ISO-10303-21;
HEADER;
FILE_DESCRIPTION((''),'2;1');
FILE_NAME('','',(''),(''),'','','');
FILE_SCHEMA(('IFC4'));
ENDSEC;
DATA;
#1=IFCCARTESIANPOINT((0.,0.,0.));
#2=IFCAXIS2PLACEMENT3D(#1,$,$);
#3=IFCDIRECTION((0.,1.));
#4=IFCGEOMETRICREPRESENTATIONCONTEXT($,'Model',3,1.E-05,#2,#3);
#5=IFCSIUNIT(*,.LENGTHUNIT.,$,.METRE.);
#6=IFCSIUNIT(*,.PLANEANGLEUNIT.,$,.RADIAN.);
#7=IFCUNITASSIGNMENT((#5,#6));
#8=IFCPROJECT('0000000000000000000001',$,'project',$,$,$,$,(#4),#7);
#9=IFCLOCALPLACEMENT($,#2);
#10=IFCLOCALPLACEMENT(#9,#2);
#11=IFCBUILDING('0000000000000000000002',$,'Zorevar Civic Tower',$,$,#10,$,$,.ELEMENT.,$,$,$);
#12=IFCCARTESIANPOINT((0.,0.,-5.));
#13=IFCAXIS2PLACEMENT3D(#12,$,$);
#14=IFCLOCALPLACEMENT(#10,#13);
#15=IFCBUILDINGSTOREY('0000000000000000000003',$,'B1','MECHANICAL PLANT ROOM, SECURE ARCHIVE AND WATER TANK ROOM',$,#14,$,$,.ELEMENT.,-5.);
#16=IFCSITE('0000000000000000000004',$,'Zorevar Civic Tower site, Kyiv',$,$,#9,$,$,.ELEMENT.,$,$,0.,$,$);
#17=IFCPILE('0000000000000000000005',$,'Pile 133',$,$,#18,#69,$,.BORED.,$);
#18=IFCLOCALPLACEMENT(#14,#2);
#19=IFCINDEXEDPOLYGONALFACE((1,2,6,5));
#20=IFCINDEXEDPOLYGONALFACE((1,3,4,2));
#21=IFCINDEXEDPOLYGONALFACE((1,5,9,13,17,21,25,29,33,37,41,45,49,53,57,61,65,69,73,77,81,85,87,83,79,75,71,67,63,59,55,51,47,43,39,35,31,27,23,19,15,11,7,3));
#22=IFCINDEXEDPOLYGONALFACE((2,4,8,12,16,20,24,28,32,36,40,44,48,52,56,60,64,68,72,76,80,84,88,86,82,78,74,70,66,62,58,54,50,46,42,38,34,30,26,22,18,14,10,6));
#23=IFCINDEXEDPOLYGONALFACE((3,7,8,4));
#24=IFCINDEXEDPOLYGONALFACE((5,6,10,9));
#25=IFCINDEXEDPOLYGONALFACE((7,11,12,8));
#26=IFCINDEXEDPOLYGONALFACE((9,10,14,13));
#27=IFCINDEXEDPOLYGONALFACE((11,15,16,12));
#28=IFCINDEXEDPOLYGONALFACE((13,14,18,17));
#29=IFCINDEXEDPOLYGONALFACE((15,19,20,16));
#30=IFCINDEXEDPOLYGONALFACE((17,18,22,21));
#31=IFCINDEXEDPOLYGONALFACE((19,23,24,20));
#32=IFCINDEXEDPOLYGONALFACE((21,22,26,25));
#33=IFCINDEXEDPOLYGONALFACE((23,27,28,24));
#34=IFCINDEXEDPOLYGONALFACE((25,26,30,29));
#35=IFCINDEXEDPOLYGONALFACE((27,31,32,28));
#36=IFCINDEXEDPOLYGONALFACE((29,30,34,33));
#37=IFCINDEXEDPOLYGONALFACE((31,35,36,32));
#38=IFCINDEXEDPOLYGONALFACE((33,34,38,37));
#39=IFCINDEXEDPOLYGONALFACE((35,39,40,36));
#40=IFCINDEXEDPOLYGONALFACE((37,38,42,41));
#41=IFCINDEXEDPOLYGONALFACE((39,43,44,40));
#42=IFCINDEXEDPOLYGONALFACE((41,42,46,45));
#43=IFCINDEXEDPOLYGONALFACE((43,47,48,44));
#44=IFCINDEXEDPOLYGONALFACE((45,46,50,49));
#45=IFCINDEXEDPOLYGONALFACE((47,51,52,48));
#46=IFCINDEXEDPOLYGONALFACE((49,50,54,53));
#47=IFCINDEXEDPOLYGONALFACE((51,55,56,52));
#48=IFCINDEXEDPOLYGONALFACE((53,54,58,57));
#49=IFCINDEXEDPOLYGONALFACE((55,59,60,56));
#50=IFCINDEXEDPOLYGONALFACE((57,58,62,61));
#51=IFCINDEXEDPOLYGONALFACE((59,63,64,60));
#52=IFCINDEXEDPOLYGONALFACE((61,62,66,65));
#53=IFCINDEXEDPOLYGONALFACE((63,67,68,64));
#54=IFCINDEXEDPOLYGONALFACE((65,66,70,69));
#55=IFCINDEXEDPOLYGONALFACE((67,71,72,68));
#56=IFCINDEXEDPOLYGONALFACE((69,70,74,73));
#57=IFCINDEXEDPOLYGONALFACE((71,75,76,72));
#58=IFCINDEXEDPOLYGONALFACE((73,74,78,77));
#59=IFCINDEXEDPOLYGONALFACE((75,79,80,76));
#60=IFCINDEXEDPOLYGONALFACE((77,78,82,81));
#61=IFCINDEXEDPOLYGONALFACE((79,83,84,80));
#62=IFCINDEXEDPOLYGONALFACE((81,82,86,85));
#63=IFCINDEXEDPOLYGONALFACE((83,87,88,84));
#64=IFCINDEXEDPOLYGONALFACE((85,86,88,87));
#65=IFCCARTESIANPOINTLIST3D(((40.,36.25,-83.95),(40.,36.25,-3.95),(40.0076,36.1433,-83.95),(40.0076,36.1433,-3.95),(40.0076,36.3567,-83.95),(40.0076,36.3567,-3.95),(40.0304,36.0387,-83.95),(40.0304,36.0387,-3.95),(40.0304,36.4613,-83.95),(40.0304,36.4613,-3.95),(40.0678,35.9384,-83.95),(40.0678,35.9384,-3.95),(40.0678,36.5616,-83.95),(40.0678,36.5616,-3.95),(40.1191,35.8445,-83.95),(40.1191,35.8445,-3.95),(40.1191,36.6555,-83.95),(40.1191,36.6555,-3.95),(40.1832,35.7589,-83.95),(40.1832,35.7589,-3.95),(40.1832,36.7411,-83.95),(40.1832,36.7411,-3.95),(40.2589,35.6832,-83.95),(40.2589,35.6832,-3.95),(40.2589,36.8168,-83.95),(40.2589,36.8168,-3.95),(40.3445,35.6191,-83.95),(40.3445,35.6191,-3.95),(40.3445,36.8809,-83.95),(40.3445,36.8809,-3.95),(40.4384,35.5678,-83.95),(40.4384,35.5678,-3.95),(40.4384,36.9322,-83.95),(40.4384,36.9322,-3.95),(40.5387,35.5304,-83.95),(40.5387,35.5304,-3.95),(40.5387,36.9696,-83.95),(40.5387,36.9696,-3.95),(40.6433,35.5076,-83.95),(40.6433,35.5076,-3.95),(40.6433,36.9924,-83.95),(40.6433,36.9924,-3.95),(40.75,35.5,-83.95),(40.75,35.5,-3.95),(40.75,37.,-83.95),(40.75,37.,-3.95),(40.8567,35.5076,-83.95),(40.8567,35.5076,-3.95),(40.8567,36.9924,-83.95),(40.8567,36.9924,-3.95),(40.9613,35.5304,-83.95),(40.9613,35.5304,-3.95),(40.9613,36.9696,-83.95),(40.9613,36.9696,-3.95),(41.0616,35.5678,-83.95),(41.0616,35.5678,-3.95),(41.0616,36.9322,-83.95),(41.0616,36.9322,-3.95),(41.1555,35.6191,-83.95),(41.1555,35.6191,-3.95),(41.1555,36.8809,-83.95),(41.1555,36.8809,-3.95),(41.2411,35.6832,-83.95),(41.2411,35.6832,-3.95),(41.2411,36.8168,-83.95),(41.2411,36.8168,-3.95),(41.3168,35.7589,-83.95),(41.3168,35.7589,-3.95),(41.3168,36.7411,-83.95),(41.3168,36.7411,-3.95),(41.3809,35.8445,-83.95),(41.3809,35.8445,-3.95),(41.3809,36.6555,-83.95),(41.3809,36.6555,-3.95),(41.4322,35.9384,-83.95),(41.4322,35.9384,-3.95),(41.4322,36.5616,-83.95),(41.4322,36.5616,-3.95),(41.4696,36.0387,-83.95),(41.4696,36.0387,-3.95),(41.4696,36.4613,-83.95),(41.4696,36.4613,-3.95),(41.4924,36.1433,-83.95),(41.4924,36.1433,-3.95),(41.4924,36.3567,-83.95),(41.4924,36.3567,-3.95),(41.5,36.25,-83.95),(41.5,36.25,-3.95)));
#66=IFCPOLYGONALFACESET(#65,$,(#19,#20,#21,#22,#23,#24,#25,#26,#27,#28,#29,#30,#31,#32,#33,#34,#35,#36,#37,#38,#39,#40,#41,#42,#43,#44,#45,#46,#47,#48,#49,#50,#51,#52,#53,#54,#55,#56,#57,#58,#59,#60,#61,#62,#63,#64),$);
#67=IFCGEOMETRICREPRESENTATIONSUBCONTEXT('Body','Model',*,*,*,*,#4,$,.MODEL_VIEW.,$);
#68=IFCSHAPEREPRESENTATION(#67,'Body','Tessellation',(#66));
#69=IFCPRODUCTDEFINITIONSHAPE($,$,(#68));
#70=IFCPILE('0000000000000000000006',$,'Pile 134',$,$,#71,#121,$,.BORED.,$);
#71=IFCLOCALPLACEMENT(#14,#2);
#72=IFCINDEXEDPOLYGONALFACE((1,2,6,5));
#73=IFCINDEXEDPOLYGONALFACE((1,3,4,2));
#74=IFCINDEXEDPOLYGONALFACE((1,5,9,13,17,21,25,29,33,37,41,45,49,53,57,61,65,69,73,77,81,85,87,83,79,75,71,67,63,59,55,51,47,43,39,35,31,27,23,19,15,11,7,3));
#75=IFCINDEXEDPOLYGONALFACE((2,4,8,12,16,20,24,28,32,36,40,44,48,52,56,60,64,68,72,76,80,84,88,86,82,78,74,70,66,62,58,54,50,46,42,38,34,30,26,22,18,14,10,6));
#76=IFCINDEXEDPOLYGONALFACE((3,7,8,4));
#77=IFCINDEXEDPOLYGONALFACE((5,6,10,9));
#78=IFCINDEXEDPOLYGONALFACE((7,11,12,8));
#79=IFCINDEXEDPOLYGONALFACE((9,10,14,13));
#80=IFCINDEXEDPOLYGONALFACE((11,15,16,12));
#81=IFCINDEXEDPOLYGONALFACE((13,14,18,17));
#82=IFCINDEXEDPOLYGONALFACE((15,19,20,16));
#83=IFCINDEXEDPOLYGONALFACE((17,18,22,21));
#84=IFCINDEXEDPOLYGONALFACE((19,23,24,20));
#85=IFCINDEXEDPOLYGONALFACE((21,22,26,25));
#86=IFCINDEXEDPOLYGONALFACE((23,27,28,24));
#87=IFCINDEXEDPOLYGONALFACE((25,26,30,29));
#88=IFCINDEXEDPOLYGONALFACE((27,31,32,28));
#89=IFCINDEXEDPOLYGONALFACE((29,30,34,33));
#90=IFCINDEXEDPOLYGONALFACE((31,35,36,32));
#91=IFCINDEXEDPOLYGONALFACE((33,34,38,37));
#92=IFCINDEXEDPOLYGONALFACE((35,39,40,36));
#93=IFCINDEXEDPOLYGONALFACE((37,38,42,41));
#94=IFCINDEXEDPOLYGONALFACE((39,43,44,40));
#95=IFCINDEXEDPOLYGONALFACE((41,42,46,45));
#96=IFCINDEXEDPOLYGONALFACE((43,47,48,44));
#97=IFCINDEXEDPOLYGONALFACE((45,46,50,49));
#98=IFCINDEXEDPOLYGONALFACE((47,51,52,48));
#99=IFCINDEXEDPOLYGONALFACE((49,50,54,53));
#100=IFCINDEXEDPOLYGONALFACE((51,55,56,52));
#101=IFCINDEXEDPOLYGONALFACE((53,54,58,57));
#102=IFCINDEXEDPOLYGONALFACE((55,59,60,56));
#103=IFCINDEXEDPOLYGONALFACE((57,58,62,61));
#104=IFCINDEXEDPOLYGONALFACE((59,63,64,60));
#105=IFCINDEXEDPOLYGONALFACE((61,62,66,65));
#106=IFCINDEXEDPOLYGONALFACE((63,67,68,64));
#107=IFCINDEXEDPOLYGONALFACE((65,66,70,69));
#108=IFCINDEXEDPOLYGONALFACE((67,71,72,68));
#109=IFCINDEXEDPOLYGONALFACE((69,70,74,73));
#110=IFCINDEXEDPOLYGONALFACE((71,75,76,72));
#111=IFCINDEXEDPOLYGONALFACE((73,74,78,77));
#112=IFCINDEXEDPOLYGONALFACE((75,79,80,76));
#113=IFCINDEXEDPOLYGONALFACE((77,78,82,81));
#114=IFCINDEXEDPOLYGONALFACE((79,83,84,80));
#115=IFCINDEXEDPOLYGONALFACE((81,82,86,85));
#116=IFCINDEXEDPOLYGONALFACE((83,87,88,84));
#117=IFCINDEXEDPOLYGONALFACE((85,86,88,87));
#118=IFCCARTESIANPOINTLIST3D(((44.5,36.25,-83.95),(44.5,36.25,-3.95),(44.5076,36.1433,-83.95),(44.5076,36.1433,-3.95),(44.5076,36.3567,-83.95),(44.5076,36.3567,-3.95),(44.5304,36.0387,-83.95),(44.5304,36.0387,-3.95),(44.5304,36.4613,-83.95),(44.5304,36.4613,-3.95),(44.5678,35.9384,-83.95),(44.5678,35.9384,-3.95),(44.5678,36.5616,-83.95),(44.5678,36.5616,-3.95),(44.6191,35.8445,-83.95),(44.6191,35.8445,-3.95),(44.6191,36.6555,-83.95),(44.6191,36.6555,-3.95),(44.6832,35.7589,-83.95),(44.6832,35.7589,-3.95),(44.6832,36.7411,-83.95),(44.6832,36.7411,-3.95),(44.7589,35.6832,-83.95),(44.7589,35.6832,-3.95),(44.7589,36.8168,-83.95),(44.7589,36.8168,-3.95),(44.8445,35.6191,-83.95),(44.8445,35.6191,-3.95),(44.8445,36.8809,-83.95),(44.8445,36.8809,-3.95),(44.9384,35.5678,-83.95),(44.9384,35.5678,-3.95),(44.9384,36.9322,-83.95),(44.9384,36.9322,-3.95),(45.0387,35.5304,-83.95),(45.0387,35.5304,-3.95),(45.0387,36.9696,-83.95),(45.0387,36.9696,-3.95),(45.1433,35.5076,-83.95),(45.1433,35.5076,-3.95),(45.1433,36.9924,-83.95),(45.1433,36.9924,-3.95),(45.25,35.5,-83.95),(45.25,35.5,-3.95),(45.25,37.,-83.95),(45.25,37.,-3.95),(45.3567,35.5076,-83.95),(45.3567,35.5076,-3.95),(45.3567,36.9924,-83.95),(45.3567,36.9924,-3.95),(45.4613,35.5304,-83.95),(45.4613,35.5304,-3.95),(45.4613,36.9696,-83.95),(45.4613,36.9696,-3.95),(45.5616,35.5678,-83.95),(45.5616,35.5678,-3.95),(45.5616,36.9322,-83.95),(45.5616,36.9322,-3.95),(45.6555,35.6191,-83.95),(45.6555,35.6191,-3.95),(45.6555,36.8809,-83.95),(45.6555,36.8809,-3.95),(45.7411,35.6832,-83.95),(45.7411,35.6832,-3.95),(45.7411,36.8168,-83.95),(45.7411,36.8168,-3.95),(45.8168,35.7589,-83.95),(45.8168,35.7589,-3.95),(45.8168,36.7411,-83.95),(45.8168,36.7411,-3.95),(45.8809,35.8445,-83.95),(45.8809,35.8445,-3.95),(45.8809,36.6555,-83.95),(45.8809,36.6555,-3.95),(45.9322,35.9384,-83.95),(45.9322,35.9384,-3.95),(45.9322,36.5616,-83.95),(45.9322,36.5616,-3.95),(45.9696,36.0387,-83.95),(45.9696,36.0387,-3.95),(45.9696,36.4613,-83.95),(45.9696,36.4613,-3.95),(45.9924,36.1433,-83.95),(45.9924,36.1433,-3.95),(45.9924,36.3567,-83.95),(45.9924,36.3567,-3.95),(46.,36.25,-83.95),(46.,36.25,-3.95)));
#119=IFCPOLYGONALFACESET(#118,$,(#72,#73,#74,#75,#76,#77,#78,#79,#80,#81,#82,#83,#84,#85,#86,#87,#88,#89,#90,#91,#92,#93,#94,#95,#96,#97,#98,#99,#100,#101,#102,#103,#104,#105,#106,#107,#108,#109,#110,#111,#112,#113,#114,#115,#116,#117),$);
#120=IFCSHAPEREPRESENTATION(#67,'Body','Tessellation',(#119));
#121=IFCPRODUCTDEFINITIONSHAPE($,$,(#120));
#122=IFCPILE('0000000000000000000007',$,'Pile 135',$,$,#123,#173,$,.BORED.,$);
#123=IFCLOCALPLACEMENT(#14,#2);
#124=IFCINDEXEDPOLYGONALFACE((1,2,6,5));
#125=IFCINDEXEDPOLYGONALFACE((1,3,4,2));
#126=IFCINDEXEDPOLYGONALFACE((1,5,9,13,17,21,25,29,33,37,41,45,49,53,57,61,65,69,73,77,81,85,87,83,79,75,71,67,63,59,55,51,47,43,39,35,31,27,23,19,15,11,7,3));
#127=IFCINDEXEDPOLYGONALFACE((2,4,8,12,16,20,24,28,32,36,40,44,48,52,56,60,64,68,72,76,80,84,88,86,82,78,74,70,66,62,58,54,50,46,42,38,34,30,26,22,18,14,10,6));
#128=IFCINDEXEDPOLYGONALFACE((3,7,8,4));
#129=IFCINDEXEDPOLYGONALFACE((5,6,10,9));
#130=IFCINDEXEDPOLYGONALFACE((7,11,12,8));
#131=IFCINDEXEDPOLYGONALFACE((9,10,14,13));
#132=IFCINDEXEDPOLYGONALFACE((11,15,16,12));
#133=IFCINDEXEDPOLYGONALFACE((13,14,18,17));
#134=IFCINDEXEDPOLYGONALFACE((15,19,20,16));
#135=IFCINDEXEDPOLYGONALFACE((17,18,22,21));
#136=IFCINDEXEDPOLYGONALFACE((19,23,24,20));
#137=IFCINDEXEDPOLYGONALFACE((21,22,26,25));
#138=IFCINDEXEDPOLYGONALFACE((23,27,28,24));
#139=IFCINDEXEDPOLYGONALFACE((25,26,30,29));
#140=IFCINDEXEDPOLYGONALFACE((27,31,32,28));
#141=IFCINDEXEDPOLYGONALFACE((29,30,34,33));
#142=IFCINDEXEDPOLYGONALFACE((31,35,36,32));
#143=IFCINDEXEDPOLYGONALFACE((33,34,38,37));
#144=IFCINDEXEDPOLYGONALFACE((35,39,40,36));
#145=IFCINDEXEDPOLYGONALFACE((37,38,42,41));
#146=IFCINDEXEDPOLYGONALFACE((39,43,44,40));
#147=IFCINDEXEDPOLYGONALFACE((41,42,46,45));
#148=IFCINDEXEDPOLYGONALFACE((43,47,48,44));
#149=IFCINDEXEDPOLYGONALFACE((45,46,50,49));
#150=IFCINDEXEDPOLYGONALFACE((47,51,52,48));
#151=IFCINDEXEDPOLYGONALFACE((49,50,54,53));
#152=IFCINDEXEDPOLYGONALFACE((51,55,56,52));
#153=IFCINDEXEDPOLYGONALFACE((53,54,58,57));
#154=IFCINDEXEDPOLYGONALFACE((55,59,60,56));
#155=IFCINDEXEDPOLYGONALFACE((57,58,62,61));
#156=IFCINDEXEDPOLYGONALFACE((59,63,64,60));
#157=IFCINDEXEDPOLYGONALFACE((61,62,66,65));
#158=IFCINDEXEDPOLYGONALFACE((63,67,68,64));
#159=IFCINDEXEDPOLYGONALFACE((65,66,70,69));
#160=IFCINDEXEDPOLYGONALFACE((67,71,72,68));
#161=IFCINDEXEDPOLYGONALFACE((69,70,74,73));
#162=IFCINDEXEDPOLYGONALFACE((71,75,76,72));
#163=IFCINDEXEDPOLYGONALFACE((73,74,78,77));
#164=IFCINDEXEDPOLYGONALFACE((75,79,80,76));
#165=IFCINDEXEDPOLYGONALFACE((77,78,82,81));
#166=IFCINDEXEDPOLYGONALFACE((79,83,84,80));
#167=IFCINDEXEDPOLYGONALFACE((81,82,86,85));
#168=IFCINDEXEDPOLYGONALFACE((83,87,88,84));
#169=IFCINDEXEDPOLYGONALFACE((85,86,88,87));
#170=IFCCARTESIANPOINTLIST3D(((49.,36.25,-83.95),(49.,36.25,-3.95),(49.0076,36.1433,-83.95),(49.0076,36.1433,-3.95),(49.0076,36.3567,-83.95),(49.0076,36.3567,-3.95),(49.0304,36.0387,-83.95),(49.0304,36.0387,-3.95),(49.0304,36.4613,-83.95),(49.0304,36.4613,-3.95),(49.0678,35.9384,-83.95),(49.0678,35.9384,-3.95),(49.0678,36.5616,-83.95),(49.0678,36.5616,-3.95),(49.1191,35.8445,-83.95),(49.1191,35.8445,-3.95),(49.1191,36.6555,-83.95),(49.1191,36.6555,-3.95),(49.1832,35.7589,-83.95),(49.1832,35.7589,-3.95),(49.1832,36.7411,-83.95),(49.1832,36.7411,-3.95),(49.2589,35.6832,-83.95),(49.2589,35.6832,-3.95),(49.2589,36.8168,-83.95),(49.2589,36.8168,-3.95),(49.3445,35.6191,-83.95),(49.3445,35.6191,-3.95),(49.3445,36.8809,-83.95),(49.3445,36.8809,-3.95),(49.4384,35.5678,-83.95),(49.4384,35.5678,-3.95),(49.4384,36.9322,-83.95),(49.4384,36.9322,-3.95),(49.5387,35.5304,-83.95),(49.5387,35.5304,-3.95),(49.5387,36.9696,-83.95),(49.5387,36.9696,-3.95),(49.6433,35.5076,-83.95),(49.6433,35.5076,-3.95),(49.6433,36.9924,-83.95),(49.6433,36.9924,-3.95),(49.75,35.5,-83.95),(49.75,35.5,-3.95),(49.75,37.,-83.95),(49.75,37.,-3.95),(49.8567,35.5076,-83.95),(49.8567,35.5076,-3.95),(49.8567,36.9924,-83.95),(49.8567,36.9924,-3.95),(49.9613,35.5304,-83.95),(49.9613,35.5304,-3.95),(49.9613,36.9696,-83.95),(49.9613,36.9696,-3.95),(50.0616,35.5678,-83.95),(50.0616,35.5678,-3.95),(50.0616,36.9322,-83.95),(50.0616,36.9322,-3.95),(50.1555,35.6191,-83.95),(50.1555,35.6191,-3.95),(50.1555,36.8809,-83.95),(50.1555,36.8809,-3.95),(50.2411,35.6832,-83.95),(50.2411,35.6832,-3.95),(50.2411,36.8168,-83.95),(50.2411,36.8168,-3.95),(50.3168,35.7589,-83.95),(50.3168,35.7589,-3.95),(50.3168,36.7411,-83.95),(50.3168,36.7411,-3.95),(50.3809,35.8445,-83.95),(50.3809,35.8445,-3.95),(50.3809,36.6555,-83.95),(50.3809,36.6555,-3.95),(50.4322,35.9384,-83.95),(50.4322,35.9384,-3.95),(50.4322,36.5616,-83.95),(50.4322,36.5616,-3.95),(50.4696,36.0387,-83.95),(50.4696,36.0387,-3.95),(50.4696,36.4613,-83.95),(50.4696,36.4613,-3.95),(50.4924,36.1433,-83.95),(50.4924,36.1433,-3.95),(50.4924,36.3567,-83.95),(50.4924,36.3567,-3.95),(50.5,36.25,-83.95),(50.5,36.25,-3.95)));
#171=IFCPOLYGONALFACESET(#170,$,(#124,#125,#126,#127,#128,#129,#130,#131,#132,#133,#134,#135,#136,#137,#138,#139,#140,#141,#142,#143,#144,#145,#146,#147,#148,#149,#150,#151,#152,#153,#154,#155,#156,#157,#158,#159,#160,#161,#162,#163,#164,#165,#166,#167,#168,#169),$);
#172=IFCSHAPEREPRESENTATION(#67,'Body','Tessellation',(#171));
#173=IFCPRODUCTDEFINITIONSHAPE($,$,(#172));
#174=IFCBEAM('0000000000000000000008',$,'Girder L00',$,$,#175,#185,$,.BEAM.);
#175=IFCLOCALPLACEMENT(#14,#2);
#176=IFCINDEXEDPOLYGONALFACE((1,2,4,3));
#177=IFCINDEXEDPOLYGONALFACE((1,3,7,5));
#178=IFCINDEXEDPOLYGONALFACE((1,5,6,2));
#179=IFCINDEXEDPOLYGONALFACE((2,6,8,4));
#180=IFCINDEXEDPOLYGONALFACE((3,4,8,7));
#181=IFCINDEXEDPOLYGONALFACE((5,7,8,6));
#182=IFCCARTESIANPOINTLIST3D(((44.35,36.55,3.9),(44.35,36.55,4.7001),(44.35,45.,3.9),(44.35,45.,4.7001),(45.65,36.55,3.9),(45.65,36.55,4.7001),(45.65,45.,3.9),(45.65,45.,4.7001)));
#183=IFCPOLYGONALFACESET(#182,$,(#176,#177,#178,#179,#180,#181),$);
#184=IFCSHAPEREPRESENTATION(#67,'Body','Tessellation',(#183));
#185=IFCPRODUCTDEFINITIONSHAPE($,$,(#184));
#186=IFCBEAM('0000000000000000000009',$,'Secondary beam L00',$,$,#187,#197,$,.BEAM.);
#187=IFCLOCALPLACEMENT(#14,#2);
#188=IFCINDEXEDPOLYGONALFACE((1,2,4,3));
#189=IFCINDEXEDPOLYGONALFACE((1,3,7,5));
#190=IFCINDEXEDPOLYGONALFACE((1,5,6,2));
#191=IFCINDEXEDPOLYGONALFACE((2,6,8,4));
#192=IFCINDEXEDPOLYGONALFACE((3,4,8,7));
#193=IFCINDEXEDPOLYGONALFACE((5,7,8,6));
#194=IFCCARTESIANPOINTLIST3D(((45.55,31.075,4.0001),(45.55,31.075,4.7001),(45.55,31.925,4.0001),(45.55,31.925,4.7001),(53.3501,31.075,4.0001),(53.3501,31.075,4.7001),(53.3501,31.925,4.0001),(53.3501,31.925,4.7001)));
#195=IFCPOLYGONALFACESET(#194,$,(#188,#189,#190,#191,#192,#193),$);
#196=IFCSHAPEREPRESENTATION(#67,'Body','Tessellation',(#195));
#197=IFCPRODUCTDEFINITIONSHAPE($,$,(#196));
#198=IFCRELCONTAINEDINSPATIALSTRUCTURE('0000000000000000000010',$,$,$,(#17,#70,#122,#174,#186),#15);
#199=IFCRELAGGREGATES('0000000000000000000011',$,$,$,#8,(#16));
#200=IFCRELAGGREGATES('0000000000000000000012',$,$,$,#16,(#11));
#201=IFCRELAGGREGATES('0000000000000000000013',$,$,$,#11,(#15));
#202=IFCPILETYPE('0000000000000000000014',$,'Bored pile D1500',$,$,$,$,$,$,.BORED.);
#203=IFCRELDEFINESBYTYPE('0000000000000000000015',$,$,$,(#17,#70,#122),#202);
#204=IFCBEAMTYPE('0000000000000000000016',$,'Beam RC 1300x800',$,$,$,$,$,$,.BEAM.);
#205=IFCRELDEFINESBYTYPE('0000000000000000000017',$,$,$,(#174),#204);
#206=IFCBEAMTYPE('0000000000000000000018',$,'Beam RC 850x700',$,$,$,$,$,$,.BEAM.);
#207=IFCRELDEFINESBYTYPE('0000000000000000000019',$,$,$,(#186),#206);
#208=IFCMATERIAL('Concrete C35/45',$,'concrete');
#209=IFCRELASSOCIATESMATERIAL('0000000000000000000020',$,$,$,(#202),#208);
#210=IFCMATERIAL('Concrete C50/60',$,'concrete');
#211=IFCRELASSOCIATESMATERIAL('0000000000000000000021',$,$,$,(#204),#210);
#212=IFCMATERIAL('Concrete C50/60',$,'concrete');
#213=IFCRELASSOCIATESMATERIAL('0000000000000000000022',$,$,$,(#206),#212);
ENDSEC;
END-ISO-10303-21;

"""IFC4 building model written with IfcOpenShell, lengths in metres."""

from ifc_helpers import new_model, si_unit, direction, frame, origin, origin_2d, place, context, subcontext, project, spatial, rectangle, circle, extrude, material, material_profile, profile_set, type_object, element, save


model = new_model("IFC4")

# Units and contexts
model_context = context("Model", 3, precision=1e-05, world=origin(), true_north=direction((0.0, 1.0)))
body_context = subcontext(model_context, "Body", "Model", "MODEL_VIEW")
ifc_project = project(units=[si_unit("LENGTHUNIT", "METRE"), si_unit("PLANEANGLEUNIT", "RADIAN")], contexts=[model_context])

# Site, building, storey
site_placement = place(None, origin())
site = spatial("IfcSite", under=ifc_project, at=site_placement, Name="Zorevar Civic Tower site, Kyiv", CompositionType="ELEMENT", RefElevation=0.0)
building_placement = place(site_placement, origin())
building = spatial("IfcBuilding", under=site, at=building_placement, Name="Zorevar Civic Tower", CompositionType="ELEMENT")
storey_placement = place(building_placement, frame((0.0, 0.0, -5.0)))
storey = spatial("IfcBuildingStorey", under=building, at=storey_placement, Name="B1", Description="MECHANICAL PLANT ROOM, SECURE ARCHIVE AND WATER TANK ROOM", CompositionType="ELEMENT", Elevation=-5.0)

# Piles
ifc_material_1 = material(Name="Concrete C35/45", Category="concrete")
pile_type = type_object("IfcPileType", Name="Bored pile D1500", PredefinedType="BORED", material=ifc_material_1)
for number, where, z_axis, x_axis, name in (
    (1, (40.75, 36.25, -3.95), (0.0, 0.0, -1.0), (1.0, 0.0, 0.0), "Pile 133"),
    (2, (45.25, 36.25, -3.95), (0.0, 0.0, -1.0), (1.0, 0.0, 0.0), "Pile 134"),
    (3, (49.75, 36.25, -3.95), (0.0, 0.0, -1.0), (1.0, 0.0, 0.0), "Pile 135"),
):
    element("IfcPile", number, at=place(storey_placement, frame(where, z_axis=z_axis, x_axis=x_axis)), inside=storey, type_object=pile_type, Name=name, PredefinedType="BORED", context=body_context, shape_type="SweptSolid", body=[
        extrude(circle(Radius=0.75, at=origin_2d()), origin(), (0.0, 0.0, 1.0), 80.0),
    ])

# Beams
ifc_material_2 = material(Name="Concrete C50/60", Category="concrete")
ifc_material_profile_1 = material_profile(ifc_material_2, rectangle(XDim=1.3, YDim=0.8, at=origin_2d()), Name="RC 1300x800")
ifc_profile_set_1 = profile_set([ifc_material_profile_1], Name="Concrete C50/60")
beam_type_1 = type_object("IfcBeamType", Name="Beam RC 1300x800", PredefinedType="BEAM", material=ifc_profile_set_1)
beam_1_placement = place(storey_placement, frame((45.0, 36.55, 4.3), z_axis=(0.0, 1.0, 0.0), x_axis=(-1.0, 0.0, 0.0)))
element("IfcBeam", 4, at=beam_1_placement, inside=storey, type_object=beam_type_1, Name="Girder L00", PredefinedType="BEAM", context=body_context, shape_type="SweptSolid", body=[
    extrude(rectangle(XDim=1.3, YDim=0.8, at=origin_2d()), origin(), (0.0, 0.0, 1.0), 8.45),
])
ifc_material_3 = material(Name="Concrete C50/60", Category="concrete")
ifc_material_profile_2 = material_profile(ifc_material_3, rectangle(XDim=0.8501, YDim=0.7, at=origin_2d()), Name="RC 850x700")
ifc_profile_set_2 = profile_set([ifc_material_profile_2], Name="Concrete C50/60")
beam_type_2 = type_object("IfcBeamType", Name="Beam RC 850x700", PredefinedType="BEAM", material=ifc_profile_set_2)
beam_2_placement = place(storey_placement, frame((45.55, 31.5, 4.3501), z_axis=(1.0, 0.0, 0.0), x_axis=(0.0, 1.0, 0.0)))
element("IfcBeam", 5, at=beam_2_placement, inside=storey, type_object=beam_type_2, Name="Secondary beam L00", PredefinedType="BEAM", context=body_context, shape_type="SweptSolid", body=[
    extrude(rectangle(XDim=0.8501, YDim=0.7, at=origin_2d()), origin(), (0.0, 0.0, 1.0), 7.8),
])

save(model, "model.ifc")
